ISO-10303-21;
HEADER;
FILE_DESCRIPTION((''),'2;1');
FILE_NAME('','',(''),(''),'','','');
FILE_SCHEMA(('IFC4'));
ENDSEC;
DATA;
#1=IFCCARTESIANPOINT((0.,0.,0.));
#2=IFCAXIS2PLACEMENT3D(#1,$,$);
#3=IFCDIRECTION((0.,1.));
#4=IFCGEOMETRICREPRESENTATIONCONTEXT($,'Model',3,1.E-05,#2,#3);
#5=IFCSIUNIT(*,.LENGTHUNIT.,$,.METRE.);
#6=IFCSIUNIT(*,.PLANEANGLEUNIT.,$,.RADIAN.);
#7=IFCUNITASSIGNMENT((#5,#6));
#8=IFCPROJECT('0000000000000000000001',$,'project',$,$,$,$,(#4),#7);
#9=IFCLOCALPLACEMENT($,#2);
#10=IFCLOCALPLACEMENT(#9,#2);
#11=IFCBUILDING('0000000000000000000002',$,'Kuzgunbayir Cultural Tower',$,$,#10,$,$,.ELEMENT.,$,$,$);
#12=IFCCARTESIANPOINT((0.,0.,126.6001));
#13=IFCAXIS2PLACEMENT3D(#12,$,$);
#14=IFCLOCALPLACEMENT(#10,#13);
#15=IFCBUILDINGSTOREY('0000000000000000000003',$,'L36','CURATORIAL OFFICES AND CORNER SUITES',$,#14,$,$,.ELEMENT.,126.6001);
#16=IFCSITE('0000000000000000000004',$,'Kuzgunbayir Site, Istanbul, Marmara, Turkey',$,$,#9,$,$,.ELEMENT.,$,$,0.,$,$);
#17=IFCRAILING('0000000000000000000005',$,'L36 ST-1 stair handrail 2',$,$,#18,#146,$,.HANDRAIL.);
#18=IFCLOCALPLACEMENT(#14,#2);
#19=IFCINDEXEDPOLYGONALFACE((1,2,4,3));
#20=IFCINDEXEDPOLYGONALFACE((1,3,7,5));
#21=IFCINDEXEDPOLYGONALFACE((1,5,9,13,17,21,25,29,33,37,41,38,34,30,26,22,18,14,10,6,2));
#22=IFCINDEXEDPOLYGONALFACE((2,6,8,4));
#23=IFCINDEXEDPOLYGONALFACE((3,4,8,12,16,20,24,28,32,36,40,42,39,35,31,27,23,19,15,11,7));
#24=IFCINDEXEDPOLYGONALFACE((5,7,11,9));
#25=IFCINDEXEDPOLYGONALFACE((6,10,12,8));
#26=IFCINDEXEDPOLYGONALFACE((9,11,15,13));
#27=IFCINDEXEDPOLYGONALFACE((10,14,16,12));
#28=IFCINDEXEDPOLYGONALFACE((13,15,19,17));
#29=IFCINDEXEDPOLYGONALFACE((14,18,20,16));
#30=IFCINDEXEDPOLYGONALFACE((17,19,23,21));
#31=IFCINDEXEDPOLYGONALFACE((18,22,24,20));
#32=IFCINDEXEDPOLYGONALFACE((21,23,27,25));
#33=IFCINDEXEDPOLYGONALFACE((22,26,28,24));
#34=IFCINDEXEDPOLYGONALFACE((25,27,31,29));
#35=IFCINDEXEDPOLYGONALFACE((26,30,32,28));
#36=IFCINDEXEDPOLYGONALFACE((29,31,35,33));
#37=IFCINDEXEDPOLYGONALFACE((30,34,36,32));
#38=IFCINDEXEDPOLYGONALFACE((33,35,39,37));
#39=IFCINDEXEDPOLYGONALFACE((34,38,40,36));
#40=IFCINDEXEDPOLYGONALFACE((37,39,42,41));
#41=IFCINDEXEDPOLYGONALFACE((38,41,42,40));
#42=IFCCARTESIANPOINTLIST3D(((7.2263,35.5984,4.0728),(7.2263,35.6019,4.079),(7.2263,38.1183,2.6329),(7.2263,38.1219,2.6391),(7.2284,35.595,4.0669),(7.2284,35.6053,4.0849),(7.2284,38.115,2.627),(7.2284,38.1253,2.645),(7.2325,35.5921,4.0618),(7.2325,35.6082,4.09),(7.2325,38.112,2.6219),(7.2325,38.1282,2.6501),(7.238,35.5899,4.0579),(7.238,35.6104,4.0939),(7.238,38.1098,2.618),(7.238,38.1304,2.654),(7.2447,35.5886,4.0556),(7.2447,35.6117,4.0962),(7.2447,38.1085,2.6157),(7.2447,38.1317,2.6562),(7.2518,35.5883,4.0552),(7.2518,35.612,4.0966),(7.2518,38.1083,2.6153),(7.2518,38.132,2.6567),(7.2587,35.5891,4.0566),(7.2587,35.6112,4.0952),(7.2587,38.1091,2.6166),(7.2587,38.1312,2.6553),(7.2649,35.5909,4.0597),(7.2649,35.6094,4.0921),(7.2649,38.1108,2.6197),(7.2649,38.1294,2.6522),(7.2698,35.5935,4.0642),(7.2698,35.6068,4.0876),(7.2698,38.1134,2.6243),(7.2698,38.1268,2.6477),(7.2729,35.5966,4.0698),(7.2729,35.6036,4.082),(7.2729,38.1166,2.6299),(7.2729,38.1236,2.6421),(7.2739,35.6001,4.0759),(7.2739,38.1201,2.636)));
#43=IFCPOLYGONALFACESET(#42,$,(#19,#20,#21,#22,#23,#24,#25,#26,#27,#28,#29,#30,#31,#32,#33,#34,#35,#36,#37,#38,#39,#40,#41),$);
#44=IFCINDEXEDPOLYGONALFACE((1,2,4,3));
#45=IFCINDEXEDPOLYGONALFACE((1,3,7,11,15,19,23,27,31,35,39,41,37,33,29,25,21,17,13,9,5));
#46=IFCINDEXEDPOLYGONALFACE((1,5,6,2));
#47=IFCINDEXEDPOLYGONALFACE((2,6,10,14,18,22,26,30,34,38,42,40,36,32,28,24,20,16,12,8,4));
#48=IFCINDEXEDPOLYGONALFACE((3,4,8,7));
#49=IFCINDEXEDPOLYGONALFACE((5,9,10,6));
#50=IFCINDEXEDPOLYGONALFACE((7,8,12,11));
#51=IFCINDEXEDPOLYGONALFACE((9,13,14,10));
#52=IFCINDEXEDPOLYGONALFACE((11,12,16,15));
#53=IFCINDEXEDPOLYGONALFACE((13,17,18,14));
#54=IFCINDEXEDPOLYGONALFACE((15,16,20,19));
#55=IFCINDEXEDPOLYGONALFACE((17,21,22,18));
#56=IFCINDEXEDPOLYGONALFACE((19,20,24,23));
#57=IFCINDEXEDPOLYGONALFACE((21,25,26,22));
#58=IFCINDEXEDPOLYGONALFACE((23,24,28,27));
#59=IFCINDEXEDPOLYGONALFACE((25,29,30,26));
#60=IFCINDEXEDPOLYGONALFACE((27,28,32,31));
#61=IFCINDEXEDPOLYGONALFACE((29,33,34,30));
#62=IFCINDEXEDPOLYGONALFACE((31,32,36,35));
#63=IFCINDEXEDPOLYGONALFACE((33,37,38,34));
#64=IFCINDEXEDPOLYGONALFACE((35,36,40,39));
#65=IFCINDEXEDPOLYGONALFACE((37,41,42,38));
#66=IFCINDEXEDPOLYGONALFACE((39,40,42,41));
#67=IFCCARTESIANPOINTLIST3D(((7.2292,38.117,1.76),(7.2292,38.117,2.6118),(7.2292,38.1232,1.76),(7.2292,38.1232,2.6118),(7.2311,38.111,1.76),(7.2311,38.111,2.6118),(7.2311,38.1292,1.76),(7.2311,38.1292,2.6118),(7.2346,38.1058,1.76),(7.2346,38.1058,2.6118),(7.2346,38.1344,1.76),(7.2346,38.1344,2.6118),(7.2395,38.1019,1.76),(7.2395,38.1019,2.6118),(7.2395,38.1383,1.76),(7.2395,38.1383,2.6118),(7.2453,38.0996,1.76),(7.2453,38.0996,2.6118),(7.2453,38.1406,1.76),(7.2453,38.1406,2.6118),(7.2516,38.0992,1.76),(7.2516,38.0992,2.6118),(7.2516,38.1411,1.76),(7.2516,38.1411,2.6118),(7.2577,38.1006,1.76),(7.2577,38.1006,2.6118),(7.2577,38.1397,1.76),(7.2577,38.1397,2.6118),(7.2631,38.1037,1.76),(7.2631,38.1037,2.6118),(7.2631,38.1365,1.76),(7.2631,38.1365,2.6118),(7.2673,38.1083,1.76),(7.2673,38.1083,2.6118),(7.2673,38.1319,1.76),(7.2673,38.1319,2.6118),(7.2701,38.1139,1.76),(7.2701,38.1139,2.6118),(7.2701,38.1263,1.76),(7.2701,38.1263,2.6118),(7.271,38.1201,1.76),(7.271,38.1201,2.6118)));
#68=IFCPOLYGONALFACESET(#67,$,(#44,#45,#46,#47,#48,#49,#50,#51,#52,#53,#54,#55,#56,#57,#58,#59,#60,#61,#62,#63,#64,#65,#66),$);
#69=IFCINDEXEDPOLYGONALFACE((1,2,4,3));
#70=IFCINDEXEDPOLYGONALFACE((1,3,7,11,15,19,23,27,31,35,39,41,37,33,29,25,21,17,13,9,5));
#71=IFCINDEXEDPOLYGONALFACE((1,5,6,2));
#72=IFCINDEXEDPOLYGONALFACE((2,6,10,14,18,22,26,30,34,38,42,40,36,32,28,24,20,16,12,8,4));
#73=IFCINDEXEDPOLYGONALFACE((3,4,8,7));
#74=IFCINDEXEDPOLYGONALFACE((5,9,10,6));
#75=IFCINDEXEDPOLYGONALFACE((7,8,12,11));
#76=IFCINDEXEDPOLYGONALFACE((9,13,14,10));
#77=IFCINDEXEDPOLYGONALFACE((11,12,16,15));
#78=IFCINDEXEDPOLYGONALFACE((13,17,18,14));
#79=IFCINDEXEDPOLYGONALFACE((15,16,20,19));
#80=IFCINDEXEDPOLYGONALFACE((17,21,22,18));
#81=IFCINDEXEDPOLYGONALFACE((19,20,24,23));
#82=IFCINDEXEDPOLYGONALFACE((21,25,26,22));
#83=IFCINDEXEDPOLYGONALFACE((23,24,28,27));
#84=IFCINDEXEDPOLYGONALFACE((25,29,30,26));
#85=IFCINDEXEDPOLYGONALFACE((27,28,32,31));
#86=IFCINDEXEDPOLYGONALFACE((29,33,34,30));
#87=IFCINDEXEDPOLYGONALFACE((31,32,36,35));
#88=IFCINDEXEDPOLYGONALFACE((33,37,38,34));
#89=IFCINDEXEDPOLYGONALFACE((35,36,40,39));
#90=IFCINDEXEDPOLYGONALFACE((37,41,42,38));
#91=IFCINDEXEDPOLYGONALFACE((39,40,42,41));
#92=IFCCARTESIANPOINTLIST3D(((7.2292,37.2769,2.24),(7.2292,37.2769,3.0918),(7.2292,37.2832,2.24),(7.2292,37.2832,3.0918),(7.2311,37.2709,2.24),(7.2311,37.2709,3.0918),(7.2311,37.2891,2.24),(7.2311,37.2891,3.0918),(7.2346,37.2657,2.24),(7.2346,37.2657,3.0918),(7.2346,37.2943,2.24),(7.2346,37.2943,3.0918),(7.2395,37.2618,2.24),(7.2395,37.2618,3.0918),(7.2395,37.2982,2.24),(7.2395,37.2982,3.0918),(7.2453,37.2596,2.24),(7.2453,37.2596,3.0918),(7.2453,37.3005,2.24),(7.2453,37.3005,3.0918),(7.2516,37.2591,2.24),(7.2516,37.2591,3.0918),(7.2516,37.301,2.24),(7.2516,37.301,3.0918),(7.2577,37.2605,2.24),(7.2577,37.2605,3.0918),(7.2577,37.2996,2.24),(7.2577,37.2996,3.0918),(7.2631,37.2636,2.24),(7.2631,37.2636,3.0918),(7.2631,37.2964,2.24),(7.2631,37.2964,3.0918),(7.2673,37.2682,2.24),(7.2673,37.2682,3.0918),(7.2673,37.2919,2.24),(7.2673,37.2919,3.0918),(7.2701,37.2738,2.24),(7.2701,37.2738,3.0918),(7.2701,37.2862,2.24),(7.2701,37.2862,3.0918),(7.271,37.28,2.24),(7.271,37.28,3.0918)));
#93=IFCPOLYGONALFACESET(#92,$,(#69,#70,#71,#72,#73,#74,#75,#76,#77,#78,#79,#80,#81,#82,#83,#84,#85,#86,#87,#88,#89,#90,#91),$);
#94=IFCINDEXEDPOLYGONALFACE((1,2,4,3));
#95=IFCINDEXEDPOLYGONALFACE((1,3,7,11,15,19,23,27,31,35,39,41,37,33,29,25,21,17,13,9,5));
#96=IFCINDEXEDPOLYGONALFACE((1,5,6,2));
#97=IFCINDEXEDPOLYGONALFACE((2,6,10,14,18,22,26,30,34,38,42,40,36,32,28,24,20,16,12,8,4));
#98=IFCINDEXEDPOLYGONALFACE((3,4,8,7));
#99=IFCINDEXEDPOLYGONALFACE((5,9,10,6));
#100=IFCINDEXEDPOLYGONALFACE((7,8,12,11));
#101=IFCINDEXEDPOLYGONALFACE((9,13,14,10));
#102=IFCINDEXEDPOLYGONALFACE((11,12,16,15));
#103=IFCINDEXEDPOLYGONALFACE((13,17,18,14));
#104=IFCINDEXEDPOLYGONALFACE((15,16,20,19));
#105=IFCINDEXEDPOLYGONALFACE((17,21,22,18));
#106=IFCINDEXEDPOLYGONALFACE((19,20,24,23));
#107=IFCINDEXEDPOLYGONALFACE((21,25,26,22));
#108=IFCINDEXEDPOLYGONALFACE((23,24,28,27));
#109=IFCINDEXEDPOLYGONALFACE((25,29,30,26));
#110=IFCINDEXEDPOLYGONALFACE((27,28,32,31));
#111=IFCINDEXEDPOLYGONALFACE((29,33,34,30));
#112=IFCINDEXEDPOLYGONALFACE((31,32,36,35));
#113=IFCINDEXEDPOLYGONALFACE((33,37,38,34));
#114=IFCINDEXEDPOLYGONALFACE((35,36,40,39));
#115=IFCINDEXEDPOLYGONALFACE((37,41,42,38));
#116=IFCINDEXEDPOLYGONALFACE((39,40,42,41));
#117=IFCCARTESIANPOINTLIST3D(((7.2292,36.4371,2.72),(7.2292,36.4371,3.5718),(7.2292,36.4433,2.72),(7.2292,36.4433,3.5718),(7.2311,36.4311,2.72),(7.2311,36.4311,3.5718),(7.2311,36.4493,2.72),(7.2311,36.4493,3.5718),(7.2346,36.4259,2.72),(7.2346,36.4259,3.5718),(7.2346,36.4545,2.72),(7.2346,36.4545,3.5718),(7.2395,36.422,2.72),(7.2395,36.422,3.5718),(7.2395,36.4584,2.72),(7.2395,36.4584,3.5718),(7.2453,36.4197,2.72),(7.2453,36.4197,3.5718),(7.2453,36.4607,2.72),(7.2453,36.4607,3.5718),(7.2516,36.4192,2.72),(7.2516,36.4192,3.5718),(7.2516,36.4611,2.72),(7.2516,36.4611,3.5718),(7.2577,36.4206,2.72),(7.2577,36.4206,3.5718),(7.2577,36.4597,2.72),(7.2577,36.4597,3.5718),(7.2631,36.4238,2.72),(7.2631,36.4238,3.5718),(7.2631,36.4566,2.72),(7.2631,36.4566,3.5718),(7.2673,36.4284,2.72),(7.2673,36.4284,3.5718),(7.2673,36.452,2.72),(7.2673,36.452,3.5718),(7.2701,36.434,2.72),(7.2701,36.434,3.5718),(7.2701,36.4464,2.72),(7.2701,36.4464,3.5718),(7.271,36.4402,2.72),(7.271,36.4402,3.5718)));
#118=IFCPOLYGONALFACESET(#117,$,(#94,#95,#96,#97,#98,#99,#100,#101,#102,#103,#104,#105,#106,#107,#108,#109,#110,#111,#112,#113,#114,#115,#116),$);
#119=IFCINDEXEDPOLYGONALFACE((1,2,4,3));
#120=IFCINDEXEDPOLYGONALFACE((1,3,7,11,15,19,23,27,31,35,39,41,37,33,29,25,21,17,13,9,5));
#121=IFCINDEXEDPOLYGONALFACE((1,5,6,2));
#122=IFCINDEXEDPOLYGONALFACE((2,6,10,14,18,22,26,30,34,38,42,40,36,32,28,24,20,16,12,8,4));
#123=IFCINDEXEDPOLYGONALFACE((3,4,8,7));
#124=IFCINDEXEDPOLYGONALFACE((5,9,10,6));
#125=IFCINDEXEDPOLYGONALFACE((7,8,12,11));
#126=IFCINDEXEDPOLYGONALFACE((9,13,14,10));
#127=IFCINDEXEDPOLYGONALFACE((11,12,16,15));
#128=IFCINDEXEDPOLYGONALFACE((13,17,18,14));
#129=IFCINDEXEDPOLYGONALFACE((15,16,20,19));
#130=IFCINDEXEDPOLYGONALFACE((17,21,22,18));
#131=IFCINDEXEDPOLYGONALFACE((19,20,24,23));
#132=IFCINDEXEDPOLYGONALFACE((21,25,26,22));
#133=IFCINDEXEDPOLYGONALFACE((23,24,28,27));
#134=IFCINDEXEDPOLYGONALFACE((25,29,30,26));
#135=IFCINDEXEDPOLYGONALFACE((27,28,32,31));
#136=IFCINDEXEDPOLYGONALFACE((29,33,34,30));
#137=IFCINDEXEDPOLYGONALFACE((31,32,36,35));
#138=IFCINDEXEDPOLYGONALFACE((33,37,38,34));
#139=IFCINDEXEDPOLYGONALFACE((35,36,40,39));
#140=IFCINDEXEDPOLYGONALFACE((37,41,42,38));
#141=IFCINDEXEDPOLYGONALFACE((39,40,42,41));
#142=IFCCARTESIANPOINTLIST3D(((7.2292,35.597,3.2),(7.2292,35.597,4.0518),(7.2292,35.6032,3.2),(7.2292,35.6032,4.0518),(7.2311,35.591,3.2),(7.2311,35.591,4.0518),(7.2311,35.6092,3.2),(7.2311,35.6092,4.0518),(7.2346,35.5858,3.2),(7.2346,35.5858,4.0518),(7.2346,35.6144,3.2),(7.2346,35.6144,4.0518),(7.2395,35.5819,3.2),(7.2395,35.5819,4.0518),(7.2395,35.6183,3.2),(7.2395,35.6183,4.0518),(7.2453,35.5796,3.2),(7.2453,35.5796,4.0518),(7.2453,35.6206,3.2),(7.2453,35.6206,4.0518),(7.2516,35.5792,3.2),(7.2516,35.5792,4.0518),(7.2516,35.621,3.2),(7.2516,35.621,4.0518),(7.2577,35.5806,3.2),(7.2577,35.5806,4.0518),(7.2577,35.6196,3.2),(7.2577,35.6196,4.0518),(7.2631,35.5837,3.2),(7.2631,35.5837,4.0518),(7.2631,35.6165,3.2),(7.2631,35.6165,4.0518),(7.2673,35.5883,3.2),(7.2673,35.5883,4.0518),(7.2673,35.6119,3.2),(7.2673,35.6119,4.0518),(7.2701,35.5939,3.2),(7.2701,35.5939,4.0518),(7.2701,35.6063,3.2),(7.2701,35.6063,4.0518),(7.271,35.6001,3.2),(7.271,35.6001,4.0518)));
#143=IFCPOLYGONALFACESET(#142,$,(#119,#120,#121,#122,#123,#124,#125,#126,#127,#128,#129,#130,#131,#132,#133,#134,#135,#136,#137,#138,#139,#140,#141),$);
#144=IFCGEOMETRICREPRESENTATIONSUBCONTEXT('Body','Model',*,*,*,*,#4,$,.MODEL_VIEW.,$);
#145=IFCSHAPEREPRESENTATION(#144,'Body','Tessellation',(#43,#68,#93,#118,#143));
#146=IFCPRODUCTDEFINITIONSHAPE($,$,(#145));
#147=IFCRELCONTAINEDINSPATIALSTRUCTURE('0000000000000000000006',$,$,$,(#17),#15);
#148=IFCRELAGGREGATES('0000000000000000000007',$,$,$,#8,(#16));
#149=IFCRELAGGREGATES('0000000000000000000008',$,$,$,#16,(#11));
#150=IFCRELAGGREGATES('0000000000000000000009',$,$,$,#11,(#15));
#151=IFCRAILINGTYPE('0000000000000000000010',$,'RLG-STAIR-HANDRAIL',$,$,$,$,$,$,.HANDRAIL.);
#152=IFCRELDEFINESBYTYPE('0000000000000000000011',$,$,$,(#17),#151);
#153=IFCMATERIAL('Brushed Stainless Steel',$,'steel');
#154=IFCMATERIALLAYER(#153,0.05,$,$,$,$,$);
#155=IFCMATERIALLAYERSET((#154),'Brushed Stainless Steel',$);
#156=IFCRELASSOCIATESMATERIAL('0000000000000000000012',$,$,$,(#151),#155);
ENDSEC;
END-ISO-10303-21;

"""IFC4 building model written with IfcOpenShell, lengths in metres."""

from ifc_helpers import new_model, si_unit, direction, frame, origin, origin_2d, place, context, subcontext, project, spatial, circle, extrude, material, layer, layer_set, type_object, element, save


model = new_model("IFC4")

# Units and contexts
model_context = context("Model", 3, precision=1e-05, world=origin(), true_north=direction((0.0, 1.0)))
body_context = subcontext(model_context, "Body", "Model", "MODEL_VIEW")
ifc_project = project(units=[si_unit("LENGTHUNIT", "METRE"), si_unit("PLANEANGLEUNIT", "RADIAN")], contexts=[model_context])

# Site, building, storey
site_placement = place(None, origin())
site = spatial("IfcSite", under=ifc_project, at=site_placement, Name="Kuzgunbayir Site, Istanbul, Marmara, Turkey", CompositionType="ELEMENT", RefElevation=0.0)
building_placement = place(site_placement, origin())
building = spatial("IfcBuilding", under=site, at=building_placement, Name="Kuzgunbayir Cultural Tower", CompositionType="ELEMENT")
storey_placement = place(building_placement, frame((0.0, 0.0, 126.6001)))
storey = spatial("IfcBuildingStorey", under=building, at=storey_placement, Name="L36", Description="CURATORIAL OFFICES AND CORNER SUITES", CompositionType="ELEMENT", Elevation=126.6001)

# Shared definitions
ifc_material_1 = material(Name="Brushed Stainless Steel", Category="steel")

# Railing
ifc_layer_1 = layer(ifc_material_1, 0.05)
ifc_layer_set_1 = layer_set([ifc_layer_1], Name="Brushed Stainless Steel")
railing_type_1 = type_object("IfcRailingType", Name="RLG-STAIR-HANDRAIL", PredefinedType="HANDRAIL", material=ifc_layer_set_1)
railing_1_placement = place(storey_placement, frame((7.25, 38.1201, 1.76)))
element("IfcRailing", 1, at=railing_1_placement, inside=storey, type_object=railing_type_1, Name="L36 ST-1 stair handrail 2", PredefinedType="HANDRAIL", context=body_context, shape_type="SweptSolid", body=[
    extrude(circle(Radius=0.0239, at=origin_2d()), frame((0.0, 0.0, 0.876), z_axis=(0.0, -0.868253, 0.496121), x_axis=(1.0, 0.0, 0.0)), (0.0, 0.0, 1.0), 2.9023),
    extrude(circle(Radius=0.021, at=origin_2d()), origin(), (0.0, 0.0, 1.0), 0.8518),
    extrude(circle(Radius=0.021, at=origin_2d()), frame((0.0, -0.8401, 0.48)), (0.0, 0.0, 1.0), 0.8518),
    extrude(circle(Radius=0.021, at=origin_2d()), frame((0.0, -1.6799, 0.96)), (0.0, 0.0, 1.0), 0.8518),
    extrude(circle(Radius=0.021, at=origin_2d()), frame((0.0, -2.52, 1.4399)), (0.0, 0.0, 1.0), 0.8518),
])

save(model, "model.ifc")
